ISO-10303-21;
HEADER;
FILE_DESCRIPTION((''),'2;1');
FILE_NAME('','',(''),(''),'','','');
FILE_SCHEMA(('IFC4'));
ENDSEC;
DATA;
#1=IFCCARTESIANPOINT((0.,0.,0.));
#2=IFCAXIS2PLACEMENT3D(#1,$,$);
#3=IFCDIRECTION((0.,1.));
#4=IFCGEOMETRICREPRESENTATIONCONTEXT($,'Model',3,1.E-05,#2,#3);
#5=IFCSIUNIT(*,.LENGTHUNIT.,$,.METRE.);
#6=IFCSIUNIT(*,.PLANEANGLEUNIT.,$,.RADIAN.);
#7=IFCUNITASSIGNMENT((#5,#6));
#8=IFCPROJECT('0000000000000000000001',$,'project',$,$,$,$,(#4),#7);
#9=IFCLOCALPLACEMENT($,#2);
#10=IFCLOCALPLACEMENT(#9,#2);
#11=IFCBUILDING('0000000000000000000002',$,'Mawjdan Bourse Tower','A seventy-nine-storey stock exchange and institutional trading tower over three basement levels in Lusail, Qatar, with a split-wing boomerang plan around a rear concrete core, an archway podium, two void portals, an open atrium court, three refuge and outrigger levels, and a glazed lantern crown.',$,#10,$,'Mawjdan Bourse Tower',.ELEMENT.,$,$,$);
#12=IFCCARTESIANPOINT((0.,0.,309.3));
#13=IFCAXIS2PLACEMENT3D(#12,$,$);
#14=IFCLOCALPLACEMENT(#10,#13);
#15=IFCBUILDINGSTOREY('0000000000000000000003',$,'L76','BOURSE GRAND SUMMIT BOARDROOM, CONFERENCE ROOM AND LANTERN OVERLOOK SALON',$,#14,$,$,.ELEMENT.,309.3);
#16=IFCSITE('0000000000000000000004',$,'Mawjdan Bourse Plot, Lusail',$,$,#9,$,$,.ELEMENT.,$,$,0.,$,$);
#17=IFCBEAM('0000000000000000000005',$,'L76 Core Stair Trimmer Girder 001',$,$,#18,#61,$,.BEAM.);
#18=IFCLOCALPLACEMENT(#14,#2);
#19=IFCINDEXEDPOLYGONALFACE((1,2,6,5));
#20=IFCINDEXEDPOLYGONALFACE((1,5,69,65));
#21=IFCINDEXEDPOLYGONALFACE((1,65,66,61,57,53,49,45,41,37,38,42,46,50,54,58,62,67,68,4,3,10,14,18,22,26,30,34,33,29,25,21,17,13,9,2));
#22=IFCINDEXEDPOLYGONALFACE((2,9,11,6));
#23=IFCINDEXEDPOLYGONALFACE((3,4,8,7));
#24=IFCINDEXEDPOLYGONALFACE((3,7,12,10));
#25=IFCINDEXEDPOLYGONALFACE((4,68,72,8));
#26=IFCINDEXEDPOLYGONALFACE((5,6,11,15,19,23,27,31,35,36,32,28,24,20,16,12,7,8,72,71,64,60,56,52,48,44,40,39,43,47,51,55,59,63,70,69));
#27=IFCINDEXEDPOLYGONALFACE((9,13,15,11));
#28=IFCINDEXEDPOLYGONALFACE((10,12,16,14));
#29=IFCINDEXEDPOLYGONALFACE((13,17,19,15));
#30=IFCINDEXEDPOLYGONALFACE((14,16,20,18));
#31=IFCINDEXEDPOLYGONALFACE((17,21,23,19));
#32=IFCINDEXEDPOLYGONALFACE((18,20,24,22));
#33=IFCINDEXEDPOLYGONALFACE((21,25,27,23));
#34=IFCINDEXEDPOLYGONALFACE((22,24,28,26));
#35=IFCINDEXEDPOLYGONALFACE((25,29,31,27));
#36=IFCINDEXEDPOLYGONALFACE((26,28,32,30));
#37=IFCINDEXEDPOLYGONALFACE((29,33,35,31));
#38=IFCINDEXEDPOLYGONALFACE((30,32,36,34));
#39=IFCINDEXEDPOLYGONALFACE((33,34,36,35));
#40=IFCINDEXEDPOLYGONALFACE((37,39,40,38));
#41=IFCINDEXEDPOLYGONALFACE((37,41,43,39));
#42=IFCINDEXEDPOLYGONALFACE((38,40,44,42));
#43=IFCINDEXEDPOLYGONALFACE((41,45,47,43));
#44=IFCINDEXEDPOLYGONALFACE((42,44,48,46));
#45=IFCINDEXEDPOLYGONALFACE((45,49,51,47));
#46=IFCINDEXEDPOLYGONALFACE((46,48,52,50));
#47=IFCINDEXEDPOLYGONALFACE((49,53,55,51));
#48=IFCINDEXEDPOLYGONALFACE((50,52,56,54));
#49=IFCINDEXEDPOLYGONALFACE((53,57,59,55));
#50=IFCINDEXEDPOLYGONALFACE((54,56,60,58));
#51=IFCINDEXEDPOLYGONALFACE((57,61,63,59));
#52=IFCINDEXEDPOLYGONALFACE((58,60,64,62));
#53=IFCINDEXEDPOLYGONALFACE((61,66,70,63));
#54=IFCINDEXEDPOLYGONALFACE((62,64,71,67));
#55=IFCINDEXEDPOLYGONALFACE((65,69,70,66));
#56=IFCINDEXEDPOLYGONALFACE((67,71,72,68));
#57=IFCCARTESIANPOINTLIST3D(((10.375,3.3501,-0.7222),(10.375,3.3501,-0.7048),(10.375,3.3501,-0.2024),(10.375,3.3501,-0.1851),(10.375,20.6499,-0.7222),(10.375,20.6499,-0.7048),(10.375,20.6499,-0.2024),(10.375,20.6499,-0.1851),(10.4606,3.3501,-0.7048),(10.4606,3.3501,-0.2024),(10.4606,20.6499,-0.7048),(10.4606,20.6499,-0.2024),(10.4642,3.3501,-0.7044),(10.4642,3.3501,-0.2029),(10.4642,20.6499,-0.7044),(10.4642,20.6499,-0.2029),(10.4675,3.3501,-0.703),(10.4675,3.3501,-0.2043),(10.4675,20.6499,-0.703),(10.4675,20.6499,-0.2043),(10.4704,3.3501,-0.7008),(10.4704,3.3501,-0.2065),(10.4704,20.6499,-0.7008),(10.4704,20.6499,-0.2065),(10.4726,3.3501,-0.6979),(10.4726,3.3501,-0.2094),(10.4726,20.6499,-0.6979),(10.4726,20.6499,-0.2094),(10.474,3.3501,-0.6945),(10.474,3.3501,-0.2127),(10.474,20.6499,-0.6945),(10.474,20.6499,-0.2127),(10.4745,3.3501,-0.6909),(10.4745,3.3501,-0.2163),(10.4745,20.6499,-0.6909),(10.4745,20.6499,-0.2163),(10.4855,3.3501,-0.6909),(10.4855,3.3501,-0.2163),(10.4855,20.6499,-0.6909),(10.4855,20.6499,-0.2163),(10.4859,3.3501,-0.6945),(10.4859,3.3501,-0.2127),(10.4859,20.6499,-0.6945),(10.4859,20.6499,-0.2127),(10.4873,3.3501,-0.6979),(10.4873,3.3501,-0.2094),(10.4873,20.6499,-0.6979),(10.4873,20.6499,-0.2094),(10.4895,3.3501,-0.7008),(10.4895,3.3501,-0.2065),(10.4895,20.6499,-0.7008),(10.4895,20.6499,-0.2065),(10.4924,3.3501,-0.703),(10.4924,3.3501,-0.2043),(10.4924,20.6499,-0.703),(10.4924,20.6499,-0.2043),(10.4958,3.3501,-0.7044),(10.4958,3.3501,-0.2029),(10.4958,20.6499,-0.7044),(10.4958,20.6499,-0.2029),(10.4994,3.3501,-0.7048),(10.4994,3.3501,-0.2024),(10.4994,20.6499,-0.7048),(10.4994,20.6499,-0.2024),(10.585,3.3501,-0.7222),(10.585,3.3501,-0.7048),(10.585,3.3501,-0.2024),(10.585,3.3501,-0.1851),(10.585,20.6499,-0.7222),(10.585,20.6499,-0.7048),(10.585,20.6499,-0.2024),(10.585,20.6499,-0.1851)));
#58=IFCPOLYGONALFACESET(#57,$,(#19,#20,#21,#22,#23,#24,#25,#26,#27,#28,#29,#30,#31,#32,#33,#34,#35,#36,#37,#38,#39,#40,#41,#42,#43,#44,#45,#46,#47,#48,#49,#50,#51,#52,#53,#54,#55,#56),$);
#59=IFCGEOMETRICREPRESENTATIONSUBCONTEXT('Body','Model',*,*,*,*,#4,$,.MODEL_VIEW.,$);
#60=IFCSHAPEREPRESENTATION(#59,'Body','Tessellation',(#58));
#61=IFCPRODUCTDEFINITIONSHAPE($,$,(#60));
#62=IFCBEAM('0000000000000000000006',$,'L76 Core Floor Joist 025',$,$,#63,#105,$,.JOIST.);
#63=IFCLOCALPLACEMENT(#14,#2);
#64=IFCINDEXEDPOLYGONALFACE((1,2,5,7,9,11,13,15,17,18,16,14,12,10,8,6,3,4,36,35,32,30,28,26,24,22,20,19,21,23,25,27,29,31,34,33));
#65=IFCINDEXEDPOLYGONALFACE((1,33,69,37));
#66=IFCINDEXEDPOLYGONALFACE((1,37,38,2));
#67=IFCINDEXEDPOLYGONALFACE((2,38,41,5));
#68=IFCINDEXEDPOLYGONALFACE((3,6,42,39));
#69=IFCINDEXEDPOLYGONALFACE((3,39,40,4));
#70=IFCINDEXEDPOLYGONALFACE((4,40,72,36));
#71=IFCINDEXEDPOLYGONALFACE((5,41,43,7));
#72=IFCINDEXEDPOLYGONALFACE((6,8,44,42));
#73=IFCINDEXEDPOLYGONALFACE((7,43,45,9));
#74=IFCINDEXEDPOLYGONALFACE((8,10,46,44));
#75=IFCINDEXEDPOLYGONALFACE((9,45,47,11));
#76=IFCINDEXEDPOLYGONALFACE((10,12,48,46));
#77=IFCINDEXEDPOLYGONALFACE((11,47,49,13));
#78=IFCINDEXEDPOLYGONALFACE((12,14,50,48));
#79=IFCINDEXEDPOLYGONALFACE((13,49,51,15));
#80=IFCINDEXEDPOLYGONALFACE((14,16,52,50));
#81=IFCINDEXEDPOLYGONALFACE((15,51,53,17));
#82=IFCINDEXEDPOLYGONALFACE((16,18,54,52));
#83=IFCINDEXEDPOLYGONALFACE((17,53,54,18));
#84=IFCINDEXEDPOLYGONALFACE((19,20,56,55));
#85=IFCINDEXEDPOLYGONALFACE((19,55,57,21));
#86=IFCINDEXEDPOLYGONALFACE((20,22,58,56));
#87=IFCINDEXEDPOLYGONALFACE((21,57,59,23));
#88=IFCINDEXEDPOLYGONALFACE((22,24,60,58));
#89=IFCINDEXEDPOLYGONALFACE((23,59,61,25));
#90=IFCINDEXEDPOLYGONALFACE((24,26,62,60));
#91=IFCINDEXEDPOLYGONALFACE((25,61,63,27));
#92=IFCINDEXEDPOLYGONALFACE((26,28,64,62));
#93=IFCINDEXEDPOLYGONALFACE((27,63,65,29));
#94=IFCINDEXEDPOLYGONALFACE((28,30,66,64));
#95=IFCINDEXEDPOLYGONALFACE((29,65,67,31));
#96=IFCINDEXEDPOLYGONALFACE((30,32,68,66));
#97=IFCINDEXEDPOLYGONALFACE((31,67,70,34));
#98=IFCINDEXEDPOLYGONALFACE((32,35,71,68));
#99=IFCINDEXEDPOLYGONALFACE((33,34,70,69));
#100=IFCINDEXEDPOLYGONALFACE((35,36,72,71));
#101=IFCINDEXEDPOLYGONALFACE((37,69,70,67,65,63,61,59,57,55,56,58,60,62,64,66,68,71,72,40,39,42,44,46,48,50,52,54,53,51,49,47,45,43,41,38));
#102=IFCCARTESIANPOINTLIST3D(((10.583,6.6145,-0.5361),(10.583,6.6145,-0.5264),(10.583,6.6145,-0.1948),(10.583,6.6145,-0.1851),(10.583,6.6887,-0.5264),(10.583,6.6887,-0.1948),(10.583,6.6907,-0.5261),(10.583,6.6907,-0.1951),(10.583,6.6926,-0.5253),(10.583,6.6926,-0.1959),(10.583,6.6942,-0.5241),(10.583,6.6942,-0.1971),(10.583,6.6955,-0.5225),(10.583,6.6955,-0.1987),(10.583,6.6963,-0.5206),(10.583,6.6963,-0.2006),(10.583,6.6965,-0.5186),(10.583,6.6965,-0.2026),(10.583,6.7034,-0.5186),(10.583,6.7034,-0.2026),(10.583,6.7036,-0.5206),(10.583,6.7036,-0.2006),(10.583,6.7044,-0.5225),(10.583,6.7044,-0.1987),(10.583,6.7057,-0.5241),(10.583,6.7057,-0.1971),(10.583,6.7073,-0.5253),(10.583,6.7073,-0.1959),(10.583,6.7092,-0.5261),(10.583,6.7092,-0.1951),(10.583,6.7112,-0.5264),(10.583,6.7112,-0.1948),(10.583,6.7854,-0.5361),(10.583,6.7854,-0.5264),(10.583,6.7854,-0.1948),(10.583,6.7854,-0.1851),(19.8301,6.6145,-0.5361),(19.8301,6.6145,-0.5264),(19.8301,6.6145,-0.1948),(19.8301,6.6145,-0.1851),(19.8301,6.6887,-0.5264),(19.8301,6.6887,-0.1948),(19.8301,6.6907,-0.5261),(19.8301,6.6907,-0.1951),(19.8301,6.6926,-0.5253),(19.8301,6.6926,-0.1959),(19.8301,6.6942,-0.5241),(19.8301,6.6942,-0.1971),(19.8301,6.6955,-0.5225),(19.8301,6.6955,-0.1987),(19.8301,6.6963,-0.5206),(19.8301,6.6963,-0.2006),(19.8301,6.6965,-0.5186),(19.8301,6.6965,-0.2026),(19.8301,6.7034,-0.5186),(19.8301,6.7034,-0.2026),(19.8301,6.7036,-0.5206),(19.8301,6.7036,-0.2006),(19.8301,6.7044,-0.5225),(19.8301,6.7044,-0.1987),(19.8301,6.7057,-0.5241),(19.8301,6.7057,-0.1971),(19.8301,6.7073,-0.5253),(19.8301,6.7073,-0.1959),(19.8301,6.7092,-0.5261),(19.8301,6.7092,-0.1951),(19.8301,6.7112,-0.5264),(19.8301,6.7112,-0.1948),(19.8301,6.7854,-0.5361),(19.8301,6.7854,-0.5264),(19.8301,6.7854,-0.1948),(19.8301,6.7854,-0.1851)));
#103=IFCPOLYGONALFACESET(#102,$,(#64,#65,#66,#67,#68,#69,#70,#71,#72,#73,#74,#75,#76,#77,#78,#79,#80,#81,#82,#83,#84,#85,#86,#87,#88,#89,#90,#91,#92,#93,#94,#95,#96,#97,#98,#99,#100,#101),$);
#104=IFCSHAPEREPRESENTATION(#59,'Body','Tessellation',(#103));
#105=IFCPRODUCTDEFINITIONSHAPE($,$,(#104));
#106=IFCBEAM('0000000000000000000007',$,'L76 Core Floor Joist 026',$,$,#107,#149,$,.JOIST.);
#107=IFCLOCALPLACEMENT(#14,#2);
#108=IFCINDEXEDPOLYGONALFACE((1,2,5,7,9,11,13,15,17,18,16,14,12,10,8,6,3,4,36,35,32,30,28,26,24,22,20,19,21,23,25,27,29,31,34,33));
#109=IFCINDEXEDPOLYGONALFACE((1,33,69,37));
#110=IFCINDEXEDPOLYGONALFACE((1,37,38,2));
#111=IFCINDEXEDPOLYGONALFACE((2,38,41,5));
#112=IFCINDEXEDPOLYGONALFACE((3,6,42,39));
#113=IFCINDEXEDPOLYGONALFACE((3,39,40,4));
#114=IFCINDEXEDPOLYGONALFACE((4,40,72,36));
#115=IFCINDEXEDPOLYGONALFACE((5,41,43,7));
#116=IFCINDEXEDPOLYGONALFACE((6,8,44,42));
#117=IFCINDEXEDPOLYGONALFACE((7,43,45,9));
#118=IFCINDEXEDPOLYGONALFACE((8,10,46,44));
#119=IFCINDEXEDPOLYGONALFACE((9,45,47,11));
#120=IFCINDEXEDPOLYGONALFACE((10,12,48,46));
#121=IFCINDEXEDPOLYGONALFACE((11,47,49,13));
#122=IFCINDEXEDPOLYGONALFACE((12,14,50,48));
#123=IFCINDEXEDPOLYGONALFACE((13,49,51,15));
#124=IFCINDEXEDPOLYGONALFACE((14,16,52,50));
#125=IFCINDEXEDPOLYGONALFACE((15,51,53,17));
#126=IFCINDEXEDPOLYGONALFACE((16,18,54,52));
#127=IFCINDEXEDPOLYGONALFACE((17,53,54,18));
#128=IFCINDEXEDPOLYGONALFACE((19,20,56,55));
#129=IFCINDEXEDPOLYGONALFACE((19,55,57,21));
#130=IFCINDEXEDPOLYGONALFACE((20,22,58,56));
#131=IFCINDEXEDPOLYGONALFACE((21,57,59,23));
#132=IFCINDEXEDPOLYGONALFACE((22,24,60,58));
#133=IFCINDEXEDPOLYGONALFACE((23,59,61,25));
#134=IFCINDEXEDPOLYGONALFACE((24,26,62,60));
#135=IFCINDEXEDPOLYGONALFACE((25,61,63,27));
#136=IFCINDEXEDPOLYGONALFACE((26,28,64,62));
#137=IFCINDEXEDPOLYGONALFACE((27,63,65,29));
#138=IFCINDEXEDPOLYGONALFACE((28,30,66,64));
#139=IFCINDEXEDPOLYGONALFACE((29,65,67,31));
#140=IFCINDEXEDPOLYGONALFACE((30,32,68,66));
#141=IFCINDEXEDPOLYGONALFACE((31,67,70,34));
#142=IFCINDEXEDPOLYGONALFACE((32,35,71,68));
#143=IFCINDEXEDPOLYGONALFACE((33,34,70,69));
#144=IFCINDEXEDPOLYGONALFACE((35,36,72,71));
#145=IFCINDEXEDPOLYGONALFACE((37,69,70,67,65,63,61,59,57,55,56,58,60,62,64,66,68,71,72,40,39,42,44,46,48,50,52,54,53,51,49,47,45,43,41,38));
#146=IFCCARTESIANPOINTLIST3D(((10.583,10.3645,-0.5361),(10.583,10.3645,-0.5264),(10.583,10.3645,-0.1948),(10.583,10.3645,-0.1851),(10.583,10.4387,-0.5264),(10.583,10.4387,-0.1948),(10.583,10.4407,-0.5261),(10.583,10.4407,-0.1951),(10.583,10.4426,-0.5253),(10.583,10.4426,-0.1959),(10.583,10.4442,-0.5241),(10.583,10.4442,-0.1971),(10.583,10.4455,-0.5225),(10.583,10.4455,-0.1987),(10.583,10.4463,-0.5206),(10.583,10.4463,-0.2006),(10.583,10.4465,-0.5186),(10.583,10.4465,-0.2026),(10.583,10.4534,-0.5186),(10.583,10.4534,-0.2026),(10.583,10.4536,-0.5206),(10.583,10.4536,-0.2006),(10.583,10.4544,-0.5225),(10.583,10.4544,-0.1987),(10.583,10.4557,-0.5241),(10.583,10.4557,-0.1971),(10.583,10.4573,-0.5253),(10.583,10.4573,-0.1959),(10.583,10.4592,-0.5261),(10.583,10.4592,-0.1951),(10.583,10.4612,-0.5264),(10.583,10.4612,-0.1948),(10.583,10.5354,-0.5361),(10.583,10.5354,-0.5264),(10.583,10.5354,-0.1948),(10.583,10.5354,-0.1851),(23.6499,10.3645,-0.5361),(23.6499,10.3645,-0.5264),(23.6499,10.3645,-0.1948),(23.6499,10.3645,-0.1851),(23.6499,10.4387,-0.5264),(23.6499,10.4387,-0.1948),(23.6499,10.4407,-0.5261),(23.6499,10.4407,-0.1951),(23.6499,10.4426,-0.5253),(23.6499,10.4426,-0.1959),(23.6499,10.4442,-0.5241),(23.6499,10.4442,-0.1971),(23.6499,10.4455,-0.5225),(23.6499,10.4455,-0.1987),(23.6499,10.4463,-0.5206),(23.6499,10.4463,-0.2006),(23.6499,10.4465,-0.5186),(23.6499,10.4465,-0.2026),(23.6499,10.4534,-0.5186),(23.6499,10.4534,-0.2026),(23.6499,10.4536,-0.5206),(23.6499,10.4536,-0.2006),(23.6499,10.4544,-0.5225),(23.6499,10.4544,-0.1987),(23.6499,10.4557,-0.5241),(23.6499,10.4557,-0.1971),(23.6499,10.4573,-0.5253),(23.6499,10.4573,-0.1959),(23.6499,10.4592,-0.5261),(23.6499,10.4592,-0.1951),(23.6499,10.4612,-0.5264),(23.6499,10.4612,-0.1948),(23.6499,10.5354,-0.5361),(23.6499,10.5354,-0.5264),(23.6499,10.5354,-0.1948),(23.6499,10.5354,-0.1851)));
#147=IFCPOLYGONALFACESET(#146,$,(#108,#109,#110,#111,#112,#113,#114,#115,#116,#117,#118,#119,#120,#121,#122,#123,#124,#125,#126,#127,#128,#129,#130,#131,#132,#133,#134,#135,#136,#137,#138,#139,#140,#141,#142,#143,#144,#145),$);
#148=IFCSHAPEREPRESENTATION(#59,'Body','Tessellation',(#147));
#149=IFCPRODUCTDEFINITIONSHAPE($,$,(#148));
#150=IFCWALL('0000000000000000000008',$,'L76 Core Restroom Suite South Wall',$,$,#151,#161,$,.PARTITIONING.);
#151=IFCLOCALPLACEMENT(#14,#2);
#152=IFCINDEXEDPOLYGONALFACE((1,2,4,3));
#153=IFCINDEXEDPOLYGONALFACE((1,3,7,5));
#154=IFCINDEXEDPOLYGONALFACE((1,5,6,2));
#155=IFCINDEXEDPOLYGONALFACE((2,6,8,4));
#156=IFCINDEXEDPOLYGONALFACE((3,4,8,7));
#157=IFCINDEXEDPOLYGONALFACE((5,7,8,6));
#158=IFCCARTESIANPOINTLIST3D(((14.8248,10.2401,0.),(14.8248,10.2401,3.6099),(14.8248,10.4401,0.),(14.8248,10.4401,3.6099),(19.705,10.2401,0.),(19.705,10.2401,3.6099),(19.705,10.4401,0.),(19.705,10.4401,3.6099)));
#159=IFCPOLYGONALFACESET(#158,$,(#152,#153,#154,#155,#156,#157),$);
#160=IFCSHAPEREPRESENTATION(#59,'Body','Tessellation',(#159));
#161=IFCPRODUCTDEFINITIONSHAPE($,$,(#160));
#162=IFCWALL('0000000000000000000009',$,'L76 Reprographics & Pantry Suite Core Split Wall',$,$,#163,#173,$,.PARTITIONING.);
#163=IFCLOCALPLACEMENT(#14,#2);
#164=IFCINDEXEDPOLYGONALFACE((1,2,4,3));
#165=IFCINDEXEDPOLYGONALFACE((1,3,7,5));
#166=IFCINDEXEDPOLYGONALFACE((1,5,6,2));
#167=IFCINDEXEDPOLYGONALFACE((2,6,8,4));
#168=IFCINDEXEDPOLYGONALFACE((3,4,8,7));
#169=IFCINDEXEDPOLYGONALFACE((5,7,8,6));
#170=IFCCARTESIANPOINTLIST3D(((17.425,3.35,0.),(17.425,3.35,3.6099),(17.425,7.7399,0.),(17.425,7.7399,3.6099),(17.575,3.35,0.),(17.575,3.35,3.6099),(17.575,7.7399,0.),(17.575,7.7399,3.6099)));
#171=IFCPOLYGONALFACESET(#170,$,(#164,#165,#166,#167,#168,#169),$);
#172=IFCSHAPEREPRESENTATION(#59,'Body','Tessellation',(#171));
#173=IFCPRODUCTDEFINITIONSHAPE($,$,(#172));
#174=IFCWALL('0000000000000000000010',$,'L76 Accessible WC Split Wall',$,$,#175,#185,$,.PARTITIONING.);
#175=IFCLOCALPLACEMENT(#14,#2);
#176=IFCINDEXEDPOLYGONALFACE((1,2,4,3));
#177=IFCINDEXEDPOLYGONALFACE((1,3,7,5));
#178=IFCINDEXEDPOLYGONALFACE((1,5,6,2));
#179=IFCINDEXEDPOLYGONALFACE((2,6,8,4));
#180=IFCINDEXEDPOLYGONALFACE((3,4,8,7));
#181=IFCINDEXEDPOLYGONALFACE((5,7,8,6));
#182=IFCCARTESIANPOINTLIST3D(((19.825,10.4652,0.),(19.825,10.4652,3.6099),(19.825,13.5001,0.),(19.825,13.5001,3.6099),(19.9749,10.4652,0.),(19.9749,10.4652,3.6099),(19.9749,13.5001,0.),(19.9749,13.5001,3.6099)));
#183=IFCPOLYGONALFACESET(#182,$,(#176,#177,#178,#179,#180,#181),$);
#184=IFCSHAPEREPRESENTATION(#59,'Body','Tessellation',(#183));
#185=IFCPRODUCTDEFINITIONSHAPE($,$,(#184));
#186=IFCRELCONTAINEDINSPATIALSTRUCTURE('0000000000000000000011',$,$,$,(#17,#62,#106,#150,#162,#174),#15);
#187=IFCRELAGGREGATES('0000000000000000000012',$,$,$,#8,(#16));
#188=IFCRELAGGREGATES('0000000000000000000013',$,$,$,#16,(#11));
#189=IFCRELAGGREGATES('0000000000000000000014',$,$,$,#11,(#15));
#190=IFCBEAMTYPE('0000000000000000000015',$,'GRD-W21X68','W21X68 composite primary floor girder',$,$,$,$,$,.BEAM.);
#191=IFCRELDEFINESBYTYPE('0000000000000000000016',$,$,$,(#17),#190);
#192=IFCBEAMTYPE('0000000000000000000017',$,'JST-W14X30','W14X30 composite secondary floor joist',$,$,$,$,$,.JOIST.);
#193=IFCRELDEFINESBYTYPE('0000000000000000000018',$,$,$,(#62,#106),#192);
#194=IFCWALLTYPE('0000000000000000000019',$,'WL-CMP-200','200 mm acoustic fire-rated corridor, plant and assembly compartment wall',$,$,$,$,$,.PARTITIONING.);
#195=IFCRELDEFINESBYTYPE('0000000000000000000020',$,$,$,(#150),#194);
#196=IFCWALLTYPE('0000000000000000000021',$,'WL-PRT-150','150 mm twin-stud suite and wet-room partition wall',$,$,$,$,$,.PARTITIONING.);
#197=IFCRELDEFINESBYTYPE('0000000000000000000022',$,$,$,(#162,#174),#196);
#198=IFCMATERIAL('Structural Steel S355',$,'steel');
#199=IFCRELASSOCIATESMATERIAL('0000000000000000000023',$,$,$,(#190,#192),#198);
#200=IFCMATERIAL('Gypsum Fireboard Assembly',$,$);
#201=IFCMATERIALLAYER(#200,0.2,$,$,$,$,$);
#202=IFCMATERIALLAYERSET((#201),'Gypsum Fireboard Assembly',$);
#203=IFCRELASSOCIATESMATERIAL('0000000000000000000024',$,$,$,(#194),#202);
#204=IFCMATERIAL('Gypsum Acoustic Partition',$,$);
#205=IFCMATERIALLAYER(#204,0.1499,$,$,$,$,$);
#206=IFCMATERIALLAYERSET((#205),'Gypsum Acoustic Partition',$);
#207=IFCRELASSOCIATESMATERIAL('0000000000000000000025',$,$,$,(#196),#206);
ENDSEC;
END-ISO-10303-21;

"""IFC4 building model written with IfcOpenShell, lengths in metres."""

from ifc_helpers import new_model, si_unit, direction, frame, frame_2d, origin, origin_2d, place, context, subcontext, project, spatial, rectangle, i_section, extrude, material, layer, layer_set, material_profile, profile_set, type_object, element, save


model = new_model("IFC4")

# Units and contexts
model_context = context("Model", 3, precision=1e-05, world=origin(), true_north=direction((0.0, 1.0)))
body_context = subcontext(model_context, "Body", "Model", "MODEL_VIEW")
ifc_project = project(units=[si_unit("LENGTHUNIT", "METRE"), si_unit("PLANEANGLEUNIT", "RADIAN")], contexts=[model_context])

# Site, building, storey
site_placement = place(None, origin())
site = spatial("IfcSite", under=ifc_project, at=site_placement, Name="Mawjdan Bourse Plot, Lusail", CompositionType="ELEMENT", RefElevation=0.0)
building_placement = place(site_placement, origin())
building = spatial("IfcBuilding", under=site, at=building_placement, Name="Mawjdan Bourse Tower", Description="A seventy-nine-storey stock exchange and institutional trading tower over three basement levels in Lusail, Qatar, with a split-wing boomerang plan around a rear concrete core, an archway podium, two void portals, an open atrium court, three refuge and outrigger levels, and a glazed lantern crown.", LongName="Mawjdan Bourse Tower", CompositionType="ELEMENT")
storey_placement = place(building_placement, frame((0.0, 0.0, 309.3)))
storey = spatial("IfcBuildingStorey", under=building, at=storey_placement, Name="L76", Description="BOURSE GRAND SUMMIT BOARDROOM, CONFERENCE ROOM AND LANTERN OVERLOOK SALON", CompositionType="ELEMENT", Elevation=309.3)

# Beams
ifc_material_1 = material(Name="Structural Steel S355", Category="steel")
ifc_material_profile_1 = material_profile(ifc_material_1, i_section(OverallWidth=0.21, OverallDepth=0.5371, WebThickness=0.011, FlangeThickness=0.0173, FilletRadius=0.0139, at=origin_2d()), Name="W21X68")
ifc_profile_set_1 = profile_set([ifc_material_profile_1], Name="Structural Steel S355")
beam_type_1 = type_object("IfcBeamType", Name="GRD-W21X68", Description="W21X68 composite primary floor girder", PredefinedType="BEAM", material=ifc_profile_set_1)
beam_1_placement = place(storey_placement, frame((10.48, 3.3501, -0.4536), z_axis=(0.0, 1.0, 0.0), x_axis=(-1.0, 0.0, 0.0)))
element("IfcBeam", 1, at=beam_1_placement, inside=storey, type_object=beam_type_1, Name="L76 Core Stair Trimmer Girder 001", PredefinedType="BEAM", context=body_context, shape_type="SweptSolid", body=[
    extrude(i_section(OverallWidth=0.21, OverallDepth=0.5371, WebThickness=0.011, FlangeThickness=0.0173, FilletRadius=0.0139, at=origin_2d()), origin(), (0.0, 0.0, 1.0), 17.2998),
])
ifc_material_profile_2 = material_profile(ifc_material_1, i_section(OverallWidth=0.1709, OverallDepth=0.3511, WebThickness=0.0068, FlangeThickness=0.0098, FilletRadius=0.0078, at=origin_2d()), Name="W14X30")
ifc_profile_set_2 = profile_set([ifc_material_profile_2], Name="Structural Steel S355")
beam_type_2 = type_object("IfcBeamType", Name="JST-W14X30", Description="W14X30 composite secondary floor joist", PredefinedType="JOIST", material=ifc_profile_set_2)
beam_2_placement = place(storey_placement, frame((10.583, 6.7, -0.3606), z_axis=(1.0, 0.0, 0.0), x_axis=(0.0, 1.0, 0.0)))
element("IfcBeam", 2, at=beam_2_placement, inside=storey, type_object=beam_type_2, Name="L76 Core Floor Joist 025", PredefinedType="JOIST", context=body_context, shape_type="SweptSolid", body=[
    extrude(i_section(OverallWidth=0.1709, OverallDepth=0.3511, WebThickness=0.0068, FlangeThickness=0.0098, FilletRadius=0.0078, at=origin_2d()), origin(), (0.0, 0.0, 1.0), 9.2471),
])
beam_3_placement = place(storey_placement, frame((10.583, 10.45, -0.3606), z_axis=(1.0, 0.0, 0.0), x_axis=(0.0, 1.0, 0.0)))
element("IfcBeam", 3, at=beam_3_placement, inside=storey, type_object=beam_type_2, Name="L76 Core Floor Joist 026", PredefinedType="JOIST", context=body_context, shape_type="SweptSolid", body=[
    extrude(i_section(OverallWidth=0.1709, OverallDepth=0.3511, WebThickness=0.0068, FlangeThickness=0.0098, FilletRadius=0.0078, at=origin_2d()), origin(), (0.0, 0.0, 1.0), 13.0669),
])

# Shared definitions
ifc_material_2 = material(Name="Gypsum Fireboard Assembly")
ifc_layer_1 = layer(ifc_material_2, 0.2)
ifc_layer_set_1 = layer_set([ifc_layer_1], Name="Gypsum Fireboard Assembly")
wall_type_1 = type_object("IfcWallType", Name="WL-CMP-200", Description="200 mm acoustic fire-rated corridor, plant and assembly compartment wall", PredefinedType="PARTITIONING", material=ifc_layer_set_1)

# Walls
wall_1_placement = place(storey_placement, frame((14.825, 10.3401, 0.0), z_axis=(0.0, 0.0, 1.0), x_axis=(1.0, 0.0, 0.0)))
element("IfcWall", 4, at=wall_1_placement, inside=storey, type_object=wall_type_1, Name="L76 Core Restroom Suite South Wall", PredefinedType="PARTITIONING", context=body_context, shape_type="SweptSolid", body=[
    extrude(rectangle(XDim=4.8801, YDim=0.2, at=frame_2d((2.4399, 0.0))), origin(), (0.0, 0.0, 1.0), 3.6099),
])
ifc_material_3 = material(Name="Gypsum Acoustic Partition")
ifc_layer_2 = layer(ifc_material_3, 0.1499)
ifc_layer_set_2 = layer_set([ifc_layer_2], Name="Gypsum Acoustic Partition")
wall_type_2 = type_object("IfcWallType", Name="WL-PRT-150", Description="150 mm twin-stud suite and wet-room partition wall", PredefinedType="PARTITIONING", material=ifc_layer_set_2)
wall_2_placement = place(storey_placement, frame((17.5, 3.3501, 0.0), z_axis=(0.0, 0.0, 1.0), x_axis=(0.0, 1.0, 0.0)))
element("IfcWall", 5, at=wall_2_placement, inside=storey, type_object=wall_type_2, Name="L76 Reprographics & Pantry Suite Core Split Wall", PredefinedType="PARTITIONING", context=body_context, shape_type="SweptSolid", body=[
    extrude(rectangle(XDim=4.3899, YDim=0.1499, at=frame_2d((2.1948, 0.0))), origin(), (0.0, 0.0, 1.0), 3.6099),
])
wall_3_placement = place(storey_placement, frame((19.8999, 10.4651, 0.0), z_axis=(0.0, 0.0, 1.0), x_axis=(0.0, 1.0, 0.0)))
element("IfcWall", 6, at=wall_3_placement, inside=storey, type_object=wall_type_2, Name="L76 Accessible WC Split Wall", PredefinedType="PARTITIONING", context=body_context, shape_type="SweptSolid", body=[
    extrude(rectangle(XDim=3.0349, YDim=0.1499, at=frame_2d((1.5176, 0.0))), origin(), (0.0, 0.0, 1.0), 3.6099),
])

save(model, "model.ifc")
